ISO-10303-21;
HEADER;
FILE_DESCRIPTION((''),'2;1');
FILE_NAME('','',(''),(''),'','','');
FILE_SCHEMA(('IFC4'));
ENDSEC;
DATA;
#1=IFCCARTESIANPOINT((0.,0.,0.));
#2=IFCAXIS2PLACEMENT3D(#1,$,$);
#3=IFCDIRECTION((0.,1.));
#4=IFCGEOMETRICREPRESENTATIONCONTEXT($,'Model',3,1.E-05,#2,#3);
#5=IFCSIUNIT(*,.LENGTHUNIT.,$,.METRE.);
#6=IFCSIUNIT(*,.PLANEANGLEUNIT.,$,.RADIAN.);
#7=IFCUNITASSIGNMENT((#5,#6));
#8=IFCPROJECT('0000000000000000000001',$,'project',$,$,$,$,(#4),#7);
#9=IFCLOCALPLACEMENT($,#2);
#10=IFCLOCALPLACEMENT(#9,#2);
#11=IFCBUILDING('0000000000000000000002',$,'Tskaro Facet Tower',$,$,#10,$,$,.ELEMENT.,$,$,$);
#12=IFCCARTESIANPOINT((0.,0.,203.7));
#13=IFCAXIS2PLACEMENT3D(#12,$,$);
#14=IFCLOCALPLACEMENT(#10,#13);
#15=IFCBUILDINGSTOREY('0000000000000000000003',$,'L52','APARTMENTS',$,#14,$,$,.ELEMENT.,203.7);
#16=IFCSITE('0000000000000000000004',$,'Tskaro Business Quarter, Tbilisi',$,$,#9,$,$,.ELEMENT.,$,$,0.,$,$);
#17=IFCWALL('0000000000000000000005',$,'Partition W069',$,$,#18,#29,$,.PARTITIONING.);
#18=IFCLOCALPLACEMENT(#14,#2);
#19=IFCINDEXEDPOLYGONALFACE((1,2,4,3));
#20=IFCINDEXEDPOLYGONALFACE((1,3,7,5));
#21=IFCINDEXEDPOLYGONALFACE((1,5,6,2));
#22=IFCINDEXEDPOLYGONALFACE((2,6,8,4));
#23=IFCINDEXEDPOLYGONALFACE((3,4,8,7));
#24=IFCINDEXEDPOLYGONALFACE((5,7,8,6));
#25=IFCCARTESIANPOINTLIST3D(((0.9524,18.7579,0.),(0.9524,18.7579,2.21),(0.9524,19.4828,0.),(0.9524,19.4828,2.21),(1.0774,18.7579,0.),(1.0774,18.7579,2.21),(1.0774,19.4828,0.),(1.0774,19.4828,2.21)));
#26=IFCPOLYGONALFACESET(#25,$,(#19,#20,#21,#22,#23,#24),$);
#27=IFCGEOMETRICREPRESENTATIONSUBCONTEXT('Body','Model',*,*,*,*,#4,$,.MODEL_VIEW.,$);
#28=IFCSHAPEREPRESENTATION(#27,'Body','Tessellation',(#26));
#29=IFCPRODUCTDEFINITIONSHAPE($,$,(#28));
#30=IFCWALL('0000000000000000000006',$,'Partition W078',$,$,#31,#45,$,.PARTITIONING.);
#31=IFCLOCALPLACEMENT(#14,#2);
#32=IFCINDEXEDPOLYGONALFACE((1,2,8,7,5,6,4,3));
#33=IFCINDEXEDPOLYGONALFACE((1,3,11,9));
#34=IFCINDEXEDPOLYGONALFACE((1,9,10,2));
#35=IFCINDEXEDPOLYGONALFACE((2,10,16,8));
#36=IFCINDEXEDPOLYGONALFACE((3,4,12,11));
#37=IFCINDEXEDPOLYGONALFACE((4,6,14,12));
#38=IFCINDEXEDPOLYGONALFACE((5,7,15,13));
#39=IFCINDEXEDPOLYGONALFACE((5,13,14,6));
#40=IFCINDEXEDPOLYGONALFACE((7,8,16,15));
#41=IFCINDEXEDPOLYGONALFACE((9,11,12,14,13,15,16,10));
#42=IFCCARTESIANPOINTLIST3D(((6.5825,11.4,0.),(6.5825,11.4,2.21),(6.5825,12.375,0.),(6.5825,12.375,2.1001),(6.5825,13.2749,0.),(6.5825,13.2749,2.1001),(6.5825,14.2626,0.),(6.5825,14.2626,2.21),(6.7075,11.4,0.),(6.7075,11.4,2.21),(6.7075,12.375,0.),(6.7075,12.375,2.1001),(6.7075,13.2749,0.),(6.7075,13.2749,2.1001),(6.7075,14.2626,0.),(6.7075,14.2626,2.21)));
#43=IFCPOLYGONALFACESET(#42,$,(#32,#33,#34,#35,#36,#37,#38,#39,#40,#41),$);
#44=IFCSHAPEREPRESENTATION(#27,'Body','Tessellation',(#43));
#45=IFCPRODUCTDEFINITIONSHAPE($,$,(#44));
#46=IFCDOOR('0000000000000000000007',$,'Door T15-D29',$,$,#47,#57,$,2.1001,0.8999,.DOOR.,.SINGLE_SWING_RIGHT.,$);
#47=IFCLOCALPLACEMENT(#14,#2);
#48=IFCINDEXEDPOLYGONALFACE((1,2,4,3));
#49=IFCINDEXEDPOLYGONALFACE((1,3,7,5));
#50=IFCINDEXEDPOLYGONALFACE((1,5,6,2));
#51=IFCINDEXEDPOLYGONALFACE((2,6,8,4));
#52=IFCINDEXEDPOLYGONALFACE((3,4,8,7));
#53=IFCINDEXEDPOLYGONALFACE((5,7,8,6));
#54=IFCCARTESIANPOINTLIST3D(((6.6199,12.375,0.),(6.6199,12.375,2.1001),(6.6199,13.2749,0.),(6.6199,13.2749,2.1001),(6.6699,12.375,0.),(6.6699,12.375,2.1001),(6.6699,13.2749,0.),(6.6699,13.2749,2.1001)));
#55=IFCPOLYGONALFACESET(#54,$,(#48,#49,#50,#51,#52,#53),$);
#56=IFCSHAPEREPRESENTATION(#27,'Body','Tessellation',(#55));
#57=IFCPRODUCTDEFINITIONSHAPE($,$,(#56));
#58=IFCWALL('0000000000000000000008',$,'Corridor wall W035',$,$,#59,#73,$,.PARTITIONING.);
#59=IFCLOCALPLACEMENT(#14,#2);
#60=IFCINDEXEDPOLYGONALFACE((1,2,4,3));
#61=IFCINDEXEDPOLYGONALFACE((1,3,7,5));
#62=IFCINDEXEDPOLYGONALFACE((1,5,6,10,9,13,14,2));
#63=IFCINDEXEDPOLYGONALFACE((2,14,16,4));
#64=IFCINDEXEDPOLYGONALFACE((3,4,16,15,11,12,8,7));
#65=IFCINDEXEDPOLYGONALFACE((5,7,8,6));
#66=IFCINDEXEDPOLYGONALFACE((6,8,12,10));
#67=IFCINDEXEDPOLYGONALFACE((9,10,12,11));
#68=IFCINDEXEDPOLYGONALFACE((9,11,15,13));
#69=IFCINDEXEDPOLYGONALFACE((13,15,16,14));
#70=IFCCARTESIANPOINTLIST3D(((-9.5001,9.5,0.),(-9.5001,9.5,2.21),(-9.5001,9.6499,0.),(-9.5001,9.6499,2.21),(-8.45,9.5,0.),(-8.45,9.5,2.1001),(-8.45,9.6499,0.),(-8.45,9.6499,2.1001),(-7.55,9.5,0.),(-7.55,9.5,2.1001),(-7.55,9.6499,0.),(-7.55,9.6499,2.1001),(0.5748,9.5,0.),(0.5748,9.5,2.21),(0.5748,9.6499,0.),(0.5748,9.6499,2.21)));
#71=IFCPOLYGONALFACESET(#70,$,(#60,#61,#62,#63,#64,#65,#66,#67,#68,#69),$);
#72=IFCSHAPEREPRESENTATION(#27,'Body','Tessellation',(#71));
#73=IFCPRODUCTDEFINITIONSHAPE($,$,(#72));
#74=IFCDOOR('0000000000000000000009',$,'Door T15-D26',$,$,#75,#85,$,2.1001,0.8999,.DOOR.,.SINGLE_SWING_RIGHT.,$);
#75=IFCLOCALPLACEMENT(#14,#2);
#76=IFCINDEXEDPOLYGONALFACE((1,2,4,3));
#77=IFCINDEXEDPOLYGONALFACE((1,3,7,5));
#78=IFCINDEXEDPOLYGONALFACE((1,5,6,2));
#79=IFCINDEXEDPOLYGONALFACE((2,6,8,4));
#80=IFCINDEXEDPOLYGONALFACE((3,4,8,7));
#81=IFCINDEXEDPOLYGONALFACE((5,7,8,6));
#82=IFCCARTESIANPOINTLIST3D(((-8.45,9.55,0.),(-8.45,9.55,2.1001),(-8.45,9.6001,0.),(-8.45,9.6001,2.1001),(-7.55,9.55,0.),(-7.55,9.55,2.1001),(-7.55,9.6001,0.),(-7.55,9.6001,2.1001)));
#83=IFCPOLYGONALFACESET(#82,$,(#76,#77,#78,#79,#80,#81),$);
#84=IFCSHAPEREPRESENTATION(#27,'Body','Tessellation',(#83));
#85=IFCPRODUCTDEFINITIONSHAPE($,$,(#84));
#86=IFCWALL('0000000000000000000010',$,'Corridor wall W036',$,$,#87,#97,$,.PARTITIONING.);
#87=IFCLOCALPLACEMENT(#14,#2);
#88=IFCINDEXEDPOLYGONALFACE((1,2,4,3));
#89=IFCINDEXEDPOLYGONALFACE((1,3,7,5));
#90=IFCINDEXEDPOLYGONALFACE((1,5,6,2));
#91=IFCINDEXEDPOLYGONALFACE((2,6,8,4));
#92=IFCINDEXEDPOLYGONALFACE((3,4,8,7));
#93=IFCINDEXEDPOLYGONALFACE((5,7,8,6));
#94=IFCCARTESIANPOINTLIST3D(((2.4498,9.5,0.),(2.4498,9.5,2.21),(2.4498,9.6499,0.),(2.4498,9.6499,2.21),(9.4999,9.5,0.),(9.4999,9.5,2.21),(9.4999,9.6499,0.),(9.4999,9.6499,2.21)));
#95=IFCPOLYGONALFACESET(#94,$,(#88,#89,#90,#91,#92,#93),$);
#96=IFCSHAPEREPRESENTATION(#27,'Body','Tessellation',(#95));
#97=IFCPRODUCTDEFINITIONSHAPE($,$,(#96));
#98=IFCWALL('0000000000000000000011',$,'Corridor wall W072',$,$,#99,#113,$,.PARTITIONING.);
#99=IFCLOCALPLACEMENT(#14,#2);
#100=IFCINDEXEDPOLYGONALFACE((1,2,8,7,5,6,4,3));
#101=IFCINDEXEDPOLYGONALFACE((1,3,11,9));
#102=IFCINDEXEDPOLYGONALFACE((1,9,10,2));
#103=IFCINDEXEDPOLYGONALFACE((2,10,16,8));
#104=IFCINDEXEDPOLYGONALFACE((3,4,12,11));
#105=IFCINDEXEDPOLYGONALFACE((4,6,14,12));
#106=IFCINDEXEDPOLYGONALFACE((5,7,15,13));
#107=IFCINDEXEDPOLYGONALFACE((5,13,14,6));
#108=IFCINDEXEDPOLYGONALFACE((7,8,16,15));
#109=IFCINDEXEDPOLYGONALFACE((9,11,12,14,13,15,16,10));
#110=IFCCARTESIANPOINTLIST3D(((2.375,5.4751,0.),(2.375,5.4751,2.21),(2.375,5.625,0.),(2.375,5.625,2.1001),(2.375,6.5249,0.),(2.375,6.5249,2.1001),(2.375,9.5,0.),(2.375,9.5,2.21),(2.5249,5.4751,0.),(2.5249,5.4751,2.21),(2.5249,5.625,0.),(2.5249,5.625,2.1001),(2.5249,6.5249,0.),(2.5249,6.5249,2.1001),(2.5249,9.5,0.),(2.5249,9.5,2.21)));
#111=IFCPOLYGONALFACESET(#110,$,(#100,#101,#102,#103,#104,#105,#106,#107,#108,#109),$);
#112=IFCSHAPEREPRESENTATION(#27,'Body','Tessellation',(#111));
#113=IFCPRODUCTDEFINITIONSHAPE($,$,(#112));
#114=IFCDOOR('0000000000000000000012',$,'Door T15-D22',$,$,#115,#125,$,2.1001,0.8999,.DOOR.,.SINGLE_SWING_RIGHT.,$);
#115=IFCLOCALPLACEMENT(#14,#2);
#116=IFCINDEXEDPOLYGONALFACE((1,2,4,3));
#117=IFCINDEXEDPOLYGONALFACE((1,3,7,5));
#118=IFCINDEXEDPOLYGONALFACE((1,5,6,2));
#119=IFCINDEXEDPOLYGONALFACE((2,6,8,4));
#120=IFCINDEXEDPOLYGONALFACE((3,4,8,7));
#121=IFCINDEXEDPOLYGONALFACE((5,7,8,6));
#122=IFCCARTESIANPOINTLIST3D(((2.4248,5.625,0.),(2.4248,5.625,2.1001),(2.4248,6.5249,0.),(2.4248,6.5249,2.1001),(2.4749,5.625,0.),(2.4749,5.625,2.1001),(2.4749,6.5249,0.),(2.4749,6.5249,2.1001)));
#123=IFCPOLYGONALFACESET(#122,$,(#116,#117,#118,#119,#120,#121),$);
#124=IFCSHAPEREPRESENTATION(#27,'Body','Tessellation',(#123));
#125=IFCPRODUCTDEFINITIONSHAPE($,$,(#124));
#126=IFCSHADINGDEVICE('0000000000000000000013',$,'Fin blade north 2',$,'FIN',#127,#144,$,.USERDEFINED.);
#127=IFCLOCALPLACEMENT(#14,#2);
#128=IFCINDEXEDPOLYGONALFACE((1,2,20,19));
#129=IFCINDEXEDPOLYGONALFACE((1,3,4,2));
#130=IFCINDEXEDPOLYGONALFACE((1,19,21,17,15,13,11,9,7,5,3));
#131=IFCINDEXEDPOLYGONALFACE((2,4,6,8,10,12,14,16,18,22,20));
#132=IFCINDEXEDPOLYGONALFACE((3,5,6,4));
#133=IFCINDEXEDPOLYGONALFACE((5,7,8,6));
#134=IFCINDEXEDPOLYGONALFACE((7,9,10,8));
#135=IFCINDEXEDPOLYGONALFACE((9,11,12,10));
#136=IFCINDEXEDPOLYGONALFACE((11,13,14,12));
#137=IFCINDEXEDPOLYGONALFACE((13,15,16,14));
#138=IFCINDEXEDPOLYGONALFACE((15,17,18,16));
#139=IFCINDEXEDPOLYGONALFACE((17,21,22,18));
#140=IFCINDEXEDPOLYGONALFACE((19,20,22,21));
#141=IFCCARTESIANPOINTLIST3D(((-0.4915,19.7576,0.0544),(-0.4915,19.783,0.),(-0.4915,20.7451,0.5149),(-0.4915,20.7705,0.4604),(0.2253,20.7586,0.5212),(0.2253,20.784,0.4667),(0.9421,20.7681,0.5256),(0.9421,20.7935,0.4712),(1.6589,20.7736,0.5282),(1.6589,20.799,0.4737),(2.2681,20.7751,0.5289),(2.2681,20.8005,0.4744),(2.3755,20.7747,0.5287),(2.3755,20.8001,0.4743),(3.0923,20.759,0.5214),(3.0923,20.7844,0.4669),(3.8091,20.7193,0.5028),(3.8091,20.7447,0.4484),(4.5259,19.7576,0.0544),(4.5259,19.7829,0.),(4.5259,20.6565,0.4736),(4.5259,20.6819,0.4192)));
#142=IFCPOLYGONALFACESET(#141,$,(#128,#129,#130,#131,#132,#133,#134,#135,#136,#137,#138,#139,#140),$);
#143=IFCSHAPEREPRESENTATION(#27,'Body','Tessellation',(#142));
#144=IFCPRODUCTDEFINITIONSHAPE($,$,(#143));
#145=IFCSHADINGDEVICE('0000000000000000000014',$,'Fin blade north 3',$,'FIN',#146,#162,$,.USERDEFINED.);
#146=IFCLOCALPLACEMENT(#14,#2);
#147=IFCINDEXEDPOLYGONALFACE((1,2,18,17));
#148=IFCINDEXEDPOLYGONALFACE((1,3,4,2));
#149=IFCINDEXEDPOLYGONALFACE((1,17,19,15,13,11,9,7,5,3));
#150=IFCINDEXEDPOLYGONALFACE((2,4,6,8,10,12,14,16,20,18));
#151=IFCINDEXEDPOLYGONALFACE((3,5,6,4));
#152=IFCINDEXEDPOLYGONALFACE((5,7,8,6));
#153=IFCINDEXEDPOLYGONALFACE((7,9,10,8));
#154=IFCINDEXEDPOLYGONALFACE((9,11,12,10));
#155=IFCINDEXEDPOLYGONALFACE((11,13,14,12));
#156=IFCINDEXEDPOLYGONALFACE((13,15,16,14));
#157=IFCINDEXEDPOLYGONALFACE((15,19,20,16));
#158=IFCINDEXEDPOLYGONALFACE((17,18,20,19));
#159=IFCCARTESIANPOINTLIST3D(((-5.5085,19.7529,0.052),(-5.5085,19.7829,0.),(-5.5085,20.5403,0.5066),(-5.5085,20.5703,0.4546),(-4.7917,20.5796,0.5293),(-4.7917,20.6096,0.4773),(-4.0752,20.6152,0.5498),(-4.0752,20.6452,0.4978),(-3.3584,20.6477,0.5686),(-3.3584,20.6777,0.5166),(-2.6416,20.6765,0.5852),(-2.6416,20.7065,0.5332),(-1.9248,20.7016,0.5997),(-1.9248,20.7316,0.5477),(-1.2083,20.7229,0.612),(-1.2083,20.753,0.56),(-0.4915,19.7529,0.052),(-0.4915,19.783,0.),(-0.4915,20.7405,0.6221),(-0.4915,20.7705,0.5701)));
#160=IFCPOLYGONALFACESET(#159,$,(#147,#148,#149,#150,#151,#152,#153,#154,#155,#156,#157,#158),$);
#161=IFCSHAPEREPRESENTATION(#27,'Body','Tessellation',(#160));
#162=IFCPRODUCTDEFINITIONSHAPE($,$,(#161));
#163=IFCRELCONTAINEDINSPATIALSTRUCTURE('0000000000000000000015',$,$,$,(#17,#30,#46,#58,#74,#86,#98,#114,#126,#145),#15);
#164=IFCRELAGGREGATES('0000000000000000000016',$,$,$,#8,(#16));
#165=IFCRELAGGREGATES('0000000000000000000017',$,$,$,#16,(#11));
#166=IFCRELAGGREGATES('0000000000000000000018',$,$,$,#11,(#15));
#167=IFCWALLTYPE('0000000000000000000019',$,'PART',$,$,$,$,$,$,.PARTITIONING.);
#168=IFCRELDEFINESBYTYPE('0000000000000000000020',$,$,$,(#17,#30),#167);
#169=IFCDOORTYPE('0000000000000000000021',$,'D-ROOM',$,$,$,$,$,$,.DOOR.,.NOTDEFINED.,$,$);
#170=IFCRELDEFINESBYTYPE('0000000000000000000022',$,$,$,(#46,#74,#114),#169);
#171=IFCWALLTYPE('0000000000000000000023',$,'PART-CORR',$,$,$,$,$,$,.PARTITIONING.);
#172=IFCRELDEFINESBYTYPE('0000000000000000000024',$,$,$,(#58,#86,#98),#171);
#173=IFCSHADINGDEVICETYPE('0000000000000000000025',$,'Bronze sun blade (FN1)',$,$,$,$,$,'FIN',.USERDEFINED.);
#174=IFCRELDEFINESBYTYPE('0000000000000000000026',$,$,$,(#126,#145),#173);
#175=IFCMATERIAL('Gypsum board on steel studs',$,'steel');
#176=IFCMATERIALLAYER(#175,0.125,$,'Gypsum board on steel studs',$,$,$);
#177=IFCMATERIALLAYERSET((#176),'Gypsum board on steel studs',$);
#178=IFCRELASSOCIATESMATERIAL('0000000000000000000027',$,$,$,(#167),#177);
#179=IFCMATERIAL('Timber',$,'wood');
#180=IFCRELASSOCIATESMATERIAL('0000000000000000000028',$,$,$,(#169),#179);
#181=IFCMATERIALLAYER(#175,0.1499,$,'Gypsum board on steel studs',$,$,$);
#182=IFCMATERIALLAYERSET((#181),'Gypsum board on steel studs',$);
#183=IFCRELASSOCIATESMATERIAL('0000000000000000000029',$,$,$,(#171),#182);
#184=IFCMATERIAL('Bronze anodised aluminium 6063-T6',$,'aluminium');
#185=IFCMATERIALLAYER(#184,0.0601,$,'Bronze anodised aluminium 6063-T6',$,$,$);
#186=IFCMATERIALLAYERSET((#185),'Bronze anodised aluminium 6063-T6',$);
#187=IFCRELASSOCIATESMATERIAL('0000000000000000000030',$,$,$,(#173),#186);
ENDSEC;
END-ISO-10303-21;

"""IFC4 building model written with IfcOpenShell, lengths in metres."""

from ifc_helpers import new_model, si_unit, direction, frame, frame_2d, origin, place, context, subcontext, project, spatial, polyline, rectangle, outline, extrude, material, layer, layer_set, type_object, element, fill, save


model = new_model("IFC4")

# Units and contexts
model_context = context("Model", 3, precision=1e-05, world=origin(), true_north=direction((0.0, 1.0)))
body_context = subcontext(model_context, "Body", "Model", "MODEL_VIEW")
ifc_project = project(units=[si_unit("LENGTHUNIT", "METRE"), si_unit("PLANEANGLEUNIT", "RADIAN")], contexts=[model_context])

# Site, building, storey
site_placement = place(None, origin())
site = spatial("IfcSite", under=ifc_project, at=site_placement, Name="Tskaro Business Quarter, Tbilisi", CompositionType="ELEMENT", RefElevation=0.0)
building_placement = place(site_placement, origin())
building = spatial("IfcBuilding", under=site, at=building_placement, Name="Tskaro Facet Tower", CompositionType="ELEMENT")
storey_placement = place(building_placement, frame((0.0, 0.0, 203.7)))
storey = spatial("IfcBuildingStorey", under=building, at=storey_placement, Name="L52", Description="APARTMENTS", CompositionType="ELEMENT", Elevation=203.7)

# Shared definitions
ifc_material_1 = material(Name="Bronze anodised aluminium 6063-T6", Category="aluminium")

# Shared definitions
ifc_material_2 = material(Name="Gypsum board on steel studs", Category="steel")
ifc_layer_1 = layer(ifc_material_2, 0.125, Name="Gypsum board on steel studs")
ifc_layer_set_1 = layer_set([ifc_layer_1], Name="Gypsum board on steel studs")
wall_type_1 = type_object("IfcWallType", Name="PART", PredefinedType="PARTITIONING", material=ifc_layer_set_1)

# Shared definitions
ifc_material_3 = material(Name="Timber", Category="wood")
door_type = type_object("IfcDoorType", Name="D-ROOM", OperationType="NOTDEFINED", PredefinedType="DOOR", material=ifc_material_3)

# Wall
wall_1_placement = place(storey_placement, frame((1.0149, 18.7581, 0.0), z_axis=(0.0, 0.0, 1.0), x_axis=(0.0, 1.0, 0.0)))
element("IfcWall", 1, at=wall_1_placement, inside=storey, type_object=wall_type_1, Name="Partition W069", PredefinedType="PARTITIONING", context=body_context, shape_type="SweptSolid", body=[
    extrude(rectangle(XDim=0.7249, YDim=0.125, at=frame_2d((0.3623, 0.0))), origin(), (0.0, 0.0, 1.0), 2.21),
])

# Walls, openings, doors
wall_2_placement = place(storey_placement, frame((6.645, 14.2625, 0.0), z_axis=(0.0, 0.0, 1.0), x_axis=(0.0, -1.0, 0.0)))
wall_2 = element("IfcWall", 2, at=wall_2_placement, inside=storey, type_object=wall_type_1, Name="Partition W078", PredefinedType="PARTITIONING", context=body_context, shape_type="SweptSolid", body=[
    extrude(rectangle(XDim=2.8625, YDim=0.125, at=frame_2d((1.4312, 0.0))), origin(), (0.0, 0.0, 1.0), 2.21),
])
opening_1_placement = place(wall_2_placement, frame((0.9875, 0.0, 0.0)))
opening_1 = element("IfcOpeningElement", 3, at=opening_1_placement, cuts=wall_2, PredefinedType="OPENING", context=body_context, shape_type="SweptSolid", body=[
    extrude(rectangle(XDim=0.8999, YDim=2.1001, at=frame_2d((0.45, 1.05))), frame((0.0, 0.0725, 0.0), z_axis=(0.0, -1.0, 0.0), x_axis=(1.0, 0.0, 0.0)), (0.0, 0.0, 1.0), 0.145),
])
door_1_placement = place(opening_1_placement, origin())
door_1 = element("IfcDoor", 4, at=door_1_placement, inside=storey, type_object=door_type, Name="Door T15-D29", OperationType="SINGLE_SWING_RIGHT", OverallHeight=2.1001, OverallWidth=0.8999, PredefinedType="DOOR", context=body_context, shape_type="SweptSolid", body=[
    extrude(rectangle(XDim=0.8999, YDim=2.1001, at=frame_2d((0.45, 1.05))), frame((0.0, 0.0249, 0.0), z_axis=(0.0, -1.0, 0.0), x_axis=(1.0, 0.0, 0.0)), (0.0, 0.0, 1.0), 0.05),
])
fill(opening_1, door_1)
ifc_layer_2 = layer(ifc_material_2, 0.1499, Name="Gypsum board on steel studs")
ifc_layer_set_2 = layer_set([ifc_layer_2], Name="Gypsum board on steel studs")
wall_type_2 = type_object("IfcWallType", Name="PART-CORR", PredefinedType="PARTITIONING", material=ifc_layer_set_2)
wall_3_placement = place(storey_placement, frame((0.575, 9.575, 0.0), z_axis=(0.0, 0.0, 1.0), x_axis=(-1.0, 0.0, 0.0)))
wall_3 = element("IfcWall", 5, at=wall_3_placement, inside=storey, type_object=wall_type_2, Name="Corridor wall W035", PredefinedType="PARTITIONING", context=body_context, shape_type="SweptSolid", body=[
    extrude(rectangle(XDim=10.075, YDim=0.1499, at=frame_2d((5.0376, 0.0))), origin(), (0.0, 0.0, 1.0), 2.21),
])
opening_2_placement = place(wall_3_placement, frame((8.125, 0.0, 0.0)))
opening_2 = element("IfcOpeningElement", 6, at=opening_2_placement, cuts=wall_3, PredefinedType="OPENING", context=body_context, shape_type="SweptSolid", body=[
    extrude(rectangle(XDim=0.8999, YDim=2.1001, at=frame_2d((0.45, 1.05))), frame((0.0, 0.085, 0.0), z_axis=(0.0, -1.0, 0.0), x_axis=(1.0, 0.0, 0.0)), (0.0, 0.0, 1.0), 0.1699),
])
door_2_placement = place(opening_2_placement, origin())
door_2 = element("IfcDoor", 7, at=door_2_placement, inside=storey, type_object=door_type, Name="Door T15-D26", OperationType="SINGLE_SWING_RIGHT", OverallHeight=2.1001, OverallWidth=0.8999, PredefinedType="DOOR", context=body_context, shape_type="SweptSolid", body=[
    extrude(rectangle(XDim=0.8999, YDim=2.1001, at=frame_2d((0.45, 1.05))), frame((0.0, 0.0249, 0.0), z_axis=(0.0, -1.0, 0.0), x_axis=(1.0, 0.0, 0.0)), (0.0, 0.0, 1.0), 0.05),
])
fill(opening_2, door_2)

# Wall
wall_4_placement = place(storey_placement, frame((2.45, 9.575, 0.0), z_axis=(0.0, 0.0, 1.0), x_axis=(1.0, 0.0, 0.0)))
element("IfcWall", 8, at=wall_4_placement, inside=storey, type_object=wall_type_2, Name="Corridor wall W036", PredefinedType="PARTITIONING", context=body_context, shape_type="SweptSolid", body=[
    extrude(rectangle(XDim=7.05, YDim=0.1499, at=frame_2d((3.5249, 0.0))), origin(), (0.0, 0.0, 1.0), 2.21),
])

# Wall, opening, door
wall_5_placement = place(storey_placement, frame((2.45, 9.5, 0.0), z_axis=(0.0, 0.0, 1.0), x_axis=(0.0, -1.0, 0.0)))
wall_5 = element("IfcWall", 9, at=wall_5_placement, inside=storey, type_object=wall_type_2, Name="Corridor wall W072", PredefinedType="PARTITIONING", context=body_context, shape_type="SweptSolid", body=[
    extrude(rectangle(XDim=4.0249, YDim=0.1499, at=frame_2d((2.0125, 0.0))), origin(), (0.0, 0.0, 1.0), 2.21),
])
opening_3_placement = place(wall_5_placement, frame((2.9751, 0.0, 0.0)))
opening_3 = element("IfcOpeningElement", 10, at=opening_3_placement, cuts=wall_5, PredefinedType="OPENING", context=body_context, shape_type="SweptSolid", body=[
    extrude(rectangle(XDim=0.8999, YDim=2.1001, at=frame_2d((0.45, 1.05))), frame((0.0, 0.085, 0.0), z_axis=(0.0, -1.0, 0.0), x_axis=(1.0, 0.0, 0.0)), (0.0, 0.0, 1.0), 0.1699),
])
door_3_placement = place(opening_3_placement, origin())
door_3 = element("IfcDoor", 11, at=door_3_placement, inside=storey, type_object=door_type, Name="Door T15-D22", OperationType="SINGLE_SWING_RIGHT", OverallHeight=2.1001, OverallWidth=0.8999, PredefinedType="DOOR", context=body_context, shape_type="SweptSolid", body=[
    extrude(rectangle(XDim=0.8999, YDim=2.1001, at=frame_2d((0.45, 1.05))), frame((0.0, 0.0249, 0.0), z_axis=(0.0, -1.0, 0.0), x_axis=(1.0, 0.0, 0.0)), (0.0, 0.0, 1.0), 0.05),
])
fill(opening_3, door_3)

# Shading devices
ifc_layer_3 = layer(ifc_material_1, 0.0601, Name="Bronze anodised aluminium 6063-T6")
ifc_layer_set_3 = layer_set([ifc_layer_3], Name="Bronze anodised aluminium 6063-T6")
shading_device_type = type_object("IfcShadingDeviceType", Name="Bronze sun blade (FN1)", ElementType="FIN", PredefinedType="USERDEFINED", material=ifc_layer_set_3)
shading_device_1_placement = place(storey_placement, frame((4.5259, 19.7576, 0.0544), z_axis=(-0.000006, -0.422583, 0.906324), x_axis=(-1.0, 0.000002, -0.000005)))
element("IfcShadingDevice", 12, at=shading_device_1_placement, inside=storey, type_object=shading_device_type, Name="Fin blade north 2", ObjectType="FIN", PredefinedType="USERDEFINED", context=body_context, shape_type="SweptSolid", body=[
    extrude(outline(polyline([(0.0, 0.0), (5.0173, 0.0), (5.0173, -1.0896), (4.3005, -1.1045), (3.5837, -1.115), (2.8669, -1.1211), (2.2578, -1.1227), (2.1504, -1.1223), (1.4336, -1.1049), (0.7168, -1.0611), (0.0, -0.9919), (0.0, 0.0)])), origin(), (0.0, 0.0, -1.0), 0.0601),
])
shading_device_2_placement = place(storey_placement, frame((-0.4915, 19.7529, 0.052), z_axis=(0.000009, -0.49998, 0.866037), x_axis=(-1.0, -0.000004, 0.000008)))
element("IfcShadingDevice", 13, at=shading_device_2_placement, inside=storey, type_object=shading_device_type, Name="Fin blade north 3", ObjectType="FIN", PredefinedType="USERDEFINED", context=body_context, shape_type="SweptSolid", body=[
    extrude(outline(polyline([(0.0, 0.0), (5.0171, 0.0), (5.0171, -0.9092), (4.3003, -0.9546), (3.5837, -0.9957), (2.8669, -1.0332), (2.1501, -1.0664), (1.4333, -1.0954), (0.7168, -1.12), (0.0, -1.1403), (0.0, 0.0)])), origin(), (0.0, 0.0, -1.0), 0.0601),
])

save(model, "model.ifc")
